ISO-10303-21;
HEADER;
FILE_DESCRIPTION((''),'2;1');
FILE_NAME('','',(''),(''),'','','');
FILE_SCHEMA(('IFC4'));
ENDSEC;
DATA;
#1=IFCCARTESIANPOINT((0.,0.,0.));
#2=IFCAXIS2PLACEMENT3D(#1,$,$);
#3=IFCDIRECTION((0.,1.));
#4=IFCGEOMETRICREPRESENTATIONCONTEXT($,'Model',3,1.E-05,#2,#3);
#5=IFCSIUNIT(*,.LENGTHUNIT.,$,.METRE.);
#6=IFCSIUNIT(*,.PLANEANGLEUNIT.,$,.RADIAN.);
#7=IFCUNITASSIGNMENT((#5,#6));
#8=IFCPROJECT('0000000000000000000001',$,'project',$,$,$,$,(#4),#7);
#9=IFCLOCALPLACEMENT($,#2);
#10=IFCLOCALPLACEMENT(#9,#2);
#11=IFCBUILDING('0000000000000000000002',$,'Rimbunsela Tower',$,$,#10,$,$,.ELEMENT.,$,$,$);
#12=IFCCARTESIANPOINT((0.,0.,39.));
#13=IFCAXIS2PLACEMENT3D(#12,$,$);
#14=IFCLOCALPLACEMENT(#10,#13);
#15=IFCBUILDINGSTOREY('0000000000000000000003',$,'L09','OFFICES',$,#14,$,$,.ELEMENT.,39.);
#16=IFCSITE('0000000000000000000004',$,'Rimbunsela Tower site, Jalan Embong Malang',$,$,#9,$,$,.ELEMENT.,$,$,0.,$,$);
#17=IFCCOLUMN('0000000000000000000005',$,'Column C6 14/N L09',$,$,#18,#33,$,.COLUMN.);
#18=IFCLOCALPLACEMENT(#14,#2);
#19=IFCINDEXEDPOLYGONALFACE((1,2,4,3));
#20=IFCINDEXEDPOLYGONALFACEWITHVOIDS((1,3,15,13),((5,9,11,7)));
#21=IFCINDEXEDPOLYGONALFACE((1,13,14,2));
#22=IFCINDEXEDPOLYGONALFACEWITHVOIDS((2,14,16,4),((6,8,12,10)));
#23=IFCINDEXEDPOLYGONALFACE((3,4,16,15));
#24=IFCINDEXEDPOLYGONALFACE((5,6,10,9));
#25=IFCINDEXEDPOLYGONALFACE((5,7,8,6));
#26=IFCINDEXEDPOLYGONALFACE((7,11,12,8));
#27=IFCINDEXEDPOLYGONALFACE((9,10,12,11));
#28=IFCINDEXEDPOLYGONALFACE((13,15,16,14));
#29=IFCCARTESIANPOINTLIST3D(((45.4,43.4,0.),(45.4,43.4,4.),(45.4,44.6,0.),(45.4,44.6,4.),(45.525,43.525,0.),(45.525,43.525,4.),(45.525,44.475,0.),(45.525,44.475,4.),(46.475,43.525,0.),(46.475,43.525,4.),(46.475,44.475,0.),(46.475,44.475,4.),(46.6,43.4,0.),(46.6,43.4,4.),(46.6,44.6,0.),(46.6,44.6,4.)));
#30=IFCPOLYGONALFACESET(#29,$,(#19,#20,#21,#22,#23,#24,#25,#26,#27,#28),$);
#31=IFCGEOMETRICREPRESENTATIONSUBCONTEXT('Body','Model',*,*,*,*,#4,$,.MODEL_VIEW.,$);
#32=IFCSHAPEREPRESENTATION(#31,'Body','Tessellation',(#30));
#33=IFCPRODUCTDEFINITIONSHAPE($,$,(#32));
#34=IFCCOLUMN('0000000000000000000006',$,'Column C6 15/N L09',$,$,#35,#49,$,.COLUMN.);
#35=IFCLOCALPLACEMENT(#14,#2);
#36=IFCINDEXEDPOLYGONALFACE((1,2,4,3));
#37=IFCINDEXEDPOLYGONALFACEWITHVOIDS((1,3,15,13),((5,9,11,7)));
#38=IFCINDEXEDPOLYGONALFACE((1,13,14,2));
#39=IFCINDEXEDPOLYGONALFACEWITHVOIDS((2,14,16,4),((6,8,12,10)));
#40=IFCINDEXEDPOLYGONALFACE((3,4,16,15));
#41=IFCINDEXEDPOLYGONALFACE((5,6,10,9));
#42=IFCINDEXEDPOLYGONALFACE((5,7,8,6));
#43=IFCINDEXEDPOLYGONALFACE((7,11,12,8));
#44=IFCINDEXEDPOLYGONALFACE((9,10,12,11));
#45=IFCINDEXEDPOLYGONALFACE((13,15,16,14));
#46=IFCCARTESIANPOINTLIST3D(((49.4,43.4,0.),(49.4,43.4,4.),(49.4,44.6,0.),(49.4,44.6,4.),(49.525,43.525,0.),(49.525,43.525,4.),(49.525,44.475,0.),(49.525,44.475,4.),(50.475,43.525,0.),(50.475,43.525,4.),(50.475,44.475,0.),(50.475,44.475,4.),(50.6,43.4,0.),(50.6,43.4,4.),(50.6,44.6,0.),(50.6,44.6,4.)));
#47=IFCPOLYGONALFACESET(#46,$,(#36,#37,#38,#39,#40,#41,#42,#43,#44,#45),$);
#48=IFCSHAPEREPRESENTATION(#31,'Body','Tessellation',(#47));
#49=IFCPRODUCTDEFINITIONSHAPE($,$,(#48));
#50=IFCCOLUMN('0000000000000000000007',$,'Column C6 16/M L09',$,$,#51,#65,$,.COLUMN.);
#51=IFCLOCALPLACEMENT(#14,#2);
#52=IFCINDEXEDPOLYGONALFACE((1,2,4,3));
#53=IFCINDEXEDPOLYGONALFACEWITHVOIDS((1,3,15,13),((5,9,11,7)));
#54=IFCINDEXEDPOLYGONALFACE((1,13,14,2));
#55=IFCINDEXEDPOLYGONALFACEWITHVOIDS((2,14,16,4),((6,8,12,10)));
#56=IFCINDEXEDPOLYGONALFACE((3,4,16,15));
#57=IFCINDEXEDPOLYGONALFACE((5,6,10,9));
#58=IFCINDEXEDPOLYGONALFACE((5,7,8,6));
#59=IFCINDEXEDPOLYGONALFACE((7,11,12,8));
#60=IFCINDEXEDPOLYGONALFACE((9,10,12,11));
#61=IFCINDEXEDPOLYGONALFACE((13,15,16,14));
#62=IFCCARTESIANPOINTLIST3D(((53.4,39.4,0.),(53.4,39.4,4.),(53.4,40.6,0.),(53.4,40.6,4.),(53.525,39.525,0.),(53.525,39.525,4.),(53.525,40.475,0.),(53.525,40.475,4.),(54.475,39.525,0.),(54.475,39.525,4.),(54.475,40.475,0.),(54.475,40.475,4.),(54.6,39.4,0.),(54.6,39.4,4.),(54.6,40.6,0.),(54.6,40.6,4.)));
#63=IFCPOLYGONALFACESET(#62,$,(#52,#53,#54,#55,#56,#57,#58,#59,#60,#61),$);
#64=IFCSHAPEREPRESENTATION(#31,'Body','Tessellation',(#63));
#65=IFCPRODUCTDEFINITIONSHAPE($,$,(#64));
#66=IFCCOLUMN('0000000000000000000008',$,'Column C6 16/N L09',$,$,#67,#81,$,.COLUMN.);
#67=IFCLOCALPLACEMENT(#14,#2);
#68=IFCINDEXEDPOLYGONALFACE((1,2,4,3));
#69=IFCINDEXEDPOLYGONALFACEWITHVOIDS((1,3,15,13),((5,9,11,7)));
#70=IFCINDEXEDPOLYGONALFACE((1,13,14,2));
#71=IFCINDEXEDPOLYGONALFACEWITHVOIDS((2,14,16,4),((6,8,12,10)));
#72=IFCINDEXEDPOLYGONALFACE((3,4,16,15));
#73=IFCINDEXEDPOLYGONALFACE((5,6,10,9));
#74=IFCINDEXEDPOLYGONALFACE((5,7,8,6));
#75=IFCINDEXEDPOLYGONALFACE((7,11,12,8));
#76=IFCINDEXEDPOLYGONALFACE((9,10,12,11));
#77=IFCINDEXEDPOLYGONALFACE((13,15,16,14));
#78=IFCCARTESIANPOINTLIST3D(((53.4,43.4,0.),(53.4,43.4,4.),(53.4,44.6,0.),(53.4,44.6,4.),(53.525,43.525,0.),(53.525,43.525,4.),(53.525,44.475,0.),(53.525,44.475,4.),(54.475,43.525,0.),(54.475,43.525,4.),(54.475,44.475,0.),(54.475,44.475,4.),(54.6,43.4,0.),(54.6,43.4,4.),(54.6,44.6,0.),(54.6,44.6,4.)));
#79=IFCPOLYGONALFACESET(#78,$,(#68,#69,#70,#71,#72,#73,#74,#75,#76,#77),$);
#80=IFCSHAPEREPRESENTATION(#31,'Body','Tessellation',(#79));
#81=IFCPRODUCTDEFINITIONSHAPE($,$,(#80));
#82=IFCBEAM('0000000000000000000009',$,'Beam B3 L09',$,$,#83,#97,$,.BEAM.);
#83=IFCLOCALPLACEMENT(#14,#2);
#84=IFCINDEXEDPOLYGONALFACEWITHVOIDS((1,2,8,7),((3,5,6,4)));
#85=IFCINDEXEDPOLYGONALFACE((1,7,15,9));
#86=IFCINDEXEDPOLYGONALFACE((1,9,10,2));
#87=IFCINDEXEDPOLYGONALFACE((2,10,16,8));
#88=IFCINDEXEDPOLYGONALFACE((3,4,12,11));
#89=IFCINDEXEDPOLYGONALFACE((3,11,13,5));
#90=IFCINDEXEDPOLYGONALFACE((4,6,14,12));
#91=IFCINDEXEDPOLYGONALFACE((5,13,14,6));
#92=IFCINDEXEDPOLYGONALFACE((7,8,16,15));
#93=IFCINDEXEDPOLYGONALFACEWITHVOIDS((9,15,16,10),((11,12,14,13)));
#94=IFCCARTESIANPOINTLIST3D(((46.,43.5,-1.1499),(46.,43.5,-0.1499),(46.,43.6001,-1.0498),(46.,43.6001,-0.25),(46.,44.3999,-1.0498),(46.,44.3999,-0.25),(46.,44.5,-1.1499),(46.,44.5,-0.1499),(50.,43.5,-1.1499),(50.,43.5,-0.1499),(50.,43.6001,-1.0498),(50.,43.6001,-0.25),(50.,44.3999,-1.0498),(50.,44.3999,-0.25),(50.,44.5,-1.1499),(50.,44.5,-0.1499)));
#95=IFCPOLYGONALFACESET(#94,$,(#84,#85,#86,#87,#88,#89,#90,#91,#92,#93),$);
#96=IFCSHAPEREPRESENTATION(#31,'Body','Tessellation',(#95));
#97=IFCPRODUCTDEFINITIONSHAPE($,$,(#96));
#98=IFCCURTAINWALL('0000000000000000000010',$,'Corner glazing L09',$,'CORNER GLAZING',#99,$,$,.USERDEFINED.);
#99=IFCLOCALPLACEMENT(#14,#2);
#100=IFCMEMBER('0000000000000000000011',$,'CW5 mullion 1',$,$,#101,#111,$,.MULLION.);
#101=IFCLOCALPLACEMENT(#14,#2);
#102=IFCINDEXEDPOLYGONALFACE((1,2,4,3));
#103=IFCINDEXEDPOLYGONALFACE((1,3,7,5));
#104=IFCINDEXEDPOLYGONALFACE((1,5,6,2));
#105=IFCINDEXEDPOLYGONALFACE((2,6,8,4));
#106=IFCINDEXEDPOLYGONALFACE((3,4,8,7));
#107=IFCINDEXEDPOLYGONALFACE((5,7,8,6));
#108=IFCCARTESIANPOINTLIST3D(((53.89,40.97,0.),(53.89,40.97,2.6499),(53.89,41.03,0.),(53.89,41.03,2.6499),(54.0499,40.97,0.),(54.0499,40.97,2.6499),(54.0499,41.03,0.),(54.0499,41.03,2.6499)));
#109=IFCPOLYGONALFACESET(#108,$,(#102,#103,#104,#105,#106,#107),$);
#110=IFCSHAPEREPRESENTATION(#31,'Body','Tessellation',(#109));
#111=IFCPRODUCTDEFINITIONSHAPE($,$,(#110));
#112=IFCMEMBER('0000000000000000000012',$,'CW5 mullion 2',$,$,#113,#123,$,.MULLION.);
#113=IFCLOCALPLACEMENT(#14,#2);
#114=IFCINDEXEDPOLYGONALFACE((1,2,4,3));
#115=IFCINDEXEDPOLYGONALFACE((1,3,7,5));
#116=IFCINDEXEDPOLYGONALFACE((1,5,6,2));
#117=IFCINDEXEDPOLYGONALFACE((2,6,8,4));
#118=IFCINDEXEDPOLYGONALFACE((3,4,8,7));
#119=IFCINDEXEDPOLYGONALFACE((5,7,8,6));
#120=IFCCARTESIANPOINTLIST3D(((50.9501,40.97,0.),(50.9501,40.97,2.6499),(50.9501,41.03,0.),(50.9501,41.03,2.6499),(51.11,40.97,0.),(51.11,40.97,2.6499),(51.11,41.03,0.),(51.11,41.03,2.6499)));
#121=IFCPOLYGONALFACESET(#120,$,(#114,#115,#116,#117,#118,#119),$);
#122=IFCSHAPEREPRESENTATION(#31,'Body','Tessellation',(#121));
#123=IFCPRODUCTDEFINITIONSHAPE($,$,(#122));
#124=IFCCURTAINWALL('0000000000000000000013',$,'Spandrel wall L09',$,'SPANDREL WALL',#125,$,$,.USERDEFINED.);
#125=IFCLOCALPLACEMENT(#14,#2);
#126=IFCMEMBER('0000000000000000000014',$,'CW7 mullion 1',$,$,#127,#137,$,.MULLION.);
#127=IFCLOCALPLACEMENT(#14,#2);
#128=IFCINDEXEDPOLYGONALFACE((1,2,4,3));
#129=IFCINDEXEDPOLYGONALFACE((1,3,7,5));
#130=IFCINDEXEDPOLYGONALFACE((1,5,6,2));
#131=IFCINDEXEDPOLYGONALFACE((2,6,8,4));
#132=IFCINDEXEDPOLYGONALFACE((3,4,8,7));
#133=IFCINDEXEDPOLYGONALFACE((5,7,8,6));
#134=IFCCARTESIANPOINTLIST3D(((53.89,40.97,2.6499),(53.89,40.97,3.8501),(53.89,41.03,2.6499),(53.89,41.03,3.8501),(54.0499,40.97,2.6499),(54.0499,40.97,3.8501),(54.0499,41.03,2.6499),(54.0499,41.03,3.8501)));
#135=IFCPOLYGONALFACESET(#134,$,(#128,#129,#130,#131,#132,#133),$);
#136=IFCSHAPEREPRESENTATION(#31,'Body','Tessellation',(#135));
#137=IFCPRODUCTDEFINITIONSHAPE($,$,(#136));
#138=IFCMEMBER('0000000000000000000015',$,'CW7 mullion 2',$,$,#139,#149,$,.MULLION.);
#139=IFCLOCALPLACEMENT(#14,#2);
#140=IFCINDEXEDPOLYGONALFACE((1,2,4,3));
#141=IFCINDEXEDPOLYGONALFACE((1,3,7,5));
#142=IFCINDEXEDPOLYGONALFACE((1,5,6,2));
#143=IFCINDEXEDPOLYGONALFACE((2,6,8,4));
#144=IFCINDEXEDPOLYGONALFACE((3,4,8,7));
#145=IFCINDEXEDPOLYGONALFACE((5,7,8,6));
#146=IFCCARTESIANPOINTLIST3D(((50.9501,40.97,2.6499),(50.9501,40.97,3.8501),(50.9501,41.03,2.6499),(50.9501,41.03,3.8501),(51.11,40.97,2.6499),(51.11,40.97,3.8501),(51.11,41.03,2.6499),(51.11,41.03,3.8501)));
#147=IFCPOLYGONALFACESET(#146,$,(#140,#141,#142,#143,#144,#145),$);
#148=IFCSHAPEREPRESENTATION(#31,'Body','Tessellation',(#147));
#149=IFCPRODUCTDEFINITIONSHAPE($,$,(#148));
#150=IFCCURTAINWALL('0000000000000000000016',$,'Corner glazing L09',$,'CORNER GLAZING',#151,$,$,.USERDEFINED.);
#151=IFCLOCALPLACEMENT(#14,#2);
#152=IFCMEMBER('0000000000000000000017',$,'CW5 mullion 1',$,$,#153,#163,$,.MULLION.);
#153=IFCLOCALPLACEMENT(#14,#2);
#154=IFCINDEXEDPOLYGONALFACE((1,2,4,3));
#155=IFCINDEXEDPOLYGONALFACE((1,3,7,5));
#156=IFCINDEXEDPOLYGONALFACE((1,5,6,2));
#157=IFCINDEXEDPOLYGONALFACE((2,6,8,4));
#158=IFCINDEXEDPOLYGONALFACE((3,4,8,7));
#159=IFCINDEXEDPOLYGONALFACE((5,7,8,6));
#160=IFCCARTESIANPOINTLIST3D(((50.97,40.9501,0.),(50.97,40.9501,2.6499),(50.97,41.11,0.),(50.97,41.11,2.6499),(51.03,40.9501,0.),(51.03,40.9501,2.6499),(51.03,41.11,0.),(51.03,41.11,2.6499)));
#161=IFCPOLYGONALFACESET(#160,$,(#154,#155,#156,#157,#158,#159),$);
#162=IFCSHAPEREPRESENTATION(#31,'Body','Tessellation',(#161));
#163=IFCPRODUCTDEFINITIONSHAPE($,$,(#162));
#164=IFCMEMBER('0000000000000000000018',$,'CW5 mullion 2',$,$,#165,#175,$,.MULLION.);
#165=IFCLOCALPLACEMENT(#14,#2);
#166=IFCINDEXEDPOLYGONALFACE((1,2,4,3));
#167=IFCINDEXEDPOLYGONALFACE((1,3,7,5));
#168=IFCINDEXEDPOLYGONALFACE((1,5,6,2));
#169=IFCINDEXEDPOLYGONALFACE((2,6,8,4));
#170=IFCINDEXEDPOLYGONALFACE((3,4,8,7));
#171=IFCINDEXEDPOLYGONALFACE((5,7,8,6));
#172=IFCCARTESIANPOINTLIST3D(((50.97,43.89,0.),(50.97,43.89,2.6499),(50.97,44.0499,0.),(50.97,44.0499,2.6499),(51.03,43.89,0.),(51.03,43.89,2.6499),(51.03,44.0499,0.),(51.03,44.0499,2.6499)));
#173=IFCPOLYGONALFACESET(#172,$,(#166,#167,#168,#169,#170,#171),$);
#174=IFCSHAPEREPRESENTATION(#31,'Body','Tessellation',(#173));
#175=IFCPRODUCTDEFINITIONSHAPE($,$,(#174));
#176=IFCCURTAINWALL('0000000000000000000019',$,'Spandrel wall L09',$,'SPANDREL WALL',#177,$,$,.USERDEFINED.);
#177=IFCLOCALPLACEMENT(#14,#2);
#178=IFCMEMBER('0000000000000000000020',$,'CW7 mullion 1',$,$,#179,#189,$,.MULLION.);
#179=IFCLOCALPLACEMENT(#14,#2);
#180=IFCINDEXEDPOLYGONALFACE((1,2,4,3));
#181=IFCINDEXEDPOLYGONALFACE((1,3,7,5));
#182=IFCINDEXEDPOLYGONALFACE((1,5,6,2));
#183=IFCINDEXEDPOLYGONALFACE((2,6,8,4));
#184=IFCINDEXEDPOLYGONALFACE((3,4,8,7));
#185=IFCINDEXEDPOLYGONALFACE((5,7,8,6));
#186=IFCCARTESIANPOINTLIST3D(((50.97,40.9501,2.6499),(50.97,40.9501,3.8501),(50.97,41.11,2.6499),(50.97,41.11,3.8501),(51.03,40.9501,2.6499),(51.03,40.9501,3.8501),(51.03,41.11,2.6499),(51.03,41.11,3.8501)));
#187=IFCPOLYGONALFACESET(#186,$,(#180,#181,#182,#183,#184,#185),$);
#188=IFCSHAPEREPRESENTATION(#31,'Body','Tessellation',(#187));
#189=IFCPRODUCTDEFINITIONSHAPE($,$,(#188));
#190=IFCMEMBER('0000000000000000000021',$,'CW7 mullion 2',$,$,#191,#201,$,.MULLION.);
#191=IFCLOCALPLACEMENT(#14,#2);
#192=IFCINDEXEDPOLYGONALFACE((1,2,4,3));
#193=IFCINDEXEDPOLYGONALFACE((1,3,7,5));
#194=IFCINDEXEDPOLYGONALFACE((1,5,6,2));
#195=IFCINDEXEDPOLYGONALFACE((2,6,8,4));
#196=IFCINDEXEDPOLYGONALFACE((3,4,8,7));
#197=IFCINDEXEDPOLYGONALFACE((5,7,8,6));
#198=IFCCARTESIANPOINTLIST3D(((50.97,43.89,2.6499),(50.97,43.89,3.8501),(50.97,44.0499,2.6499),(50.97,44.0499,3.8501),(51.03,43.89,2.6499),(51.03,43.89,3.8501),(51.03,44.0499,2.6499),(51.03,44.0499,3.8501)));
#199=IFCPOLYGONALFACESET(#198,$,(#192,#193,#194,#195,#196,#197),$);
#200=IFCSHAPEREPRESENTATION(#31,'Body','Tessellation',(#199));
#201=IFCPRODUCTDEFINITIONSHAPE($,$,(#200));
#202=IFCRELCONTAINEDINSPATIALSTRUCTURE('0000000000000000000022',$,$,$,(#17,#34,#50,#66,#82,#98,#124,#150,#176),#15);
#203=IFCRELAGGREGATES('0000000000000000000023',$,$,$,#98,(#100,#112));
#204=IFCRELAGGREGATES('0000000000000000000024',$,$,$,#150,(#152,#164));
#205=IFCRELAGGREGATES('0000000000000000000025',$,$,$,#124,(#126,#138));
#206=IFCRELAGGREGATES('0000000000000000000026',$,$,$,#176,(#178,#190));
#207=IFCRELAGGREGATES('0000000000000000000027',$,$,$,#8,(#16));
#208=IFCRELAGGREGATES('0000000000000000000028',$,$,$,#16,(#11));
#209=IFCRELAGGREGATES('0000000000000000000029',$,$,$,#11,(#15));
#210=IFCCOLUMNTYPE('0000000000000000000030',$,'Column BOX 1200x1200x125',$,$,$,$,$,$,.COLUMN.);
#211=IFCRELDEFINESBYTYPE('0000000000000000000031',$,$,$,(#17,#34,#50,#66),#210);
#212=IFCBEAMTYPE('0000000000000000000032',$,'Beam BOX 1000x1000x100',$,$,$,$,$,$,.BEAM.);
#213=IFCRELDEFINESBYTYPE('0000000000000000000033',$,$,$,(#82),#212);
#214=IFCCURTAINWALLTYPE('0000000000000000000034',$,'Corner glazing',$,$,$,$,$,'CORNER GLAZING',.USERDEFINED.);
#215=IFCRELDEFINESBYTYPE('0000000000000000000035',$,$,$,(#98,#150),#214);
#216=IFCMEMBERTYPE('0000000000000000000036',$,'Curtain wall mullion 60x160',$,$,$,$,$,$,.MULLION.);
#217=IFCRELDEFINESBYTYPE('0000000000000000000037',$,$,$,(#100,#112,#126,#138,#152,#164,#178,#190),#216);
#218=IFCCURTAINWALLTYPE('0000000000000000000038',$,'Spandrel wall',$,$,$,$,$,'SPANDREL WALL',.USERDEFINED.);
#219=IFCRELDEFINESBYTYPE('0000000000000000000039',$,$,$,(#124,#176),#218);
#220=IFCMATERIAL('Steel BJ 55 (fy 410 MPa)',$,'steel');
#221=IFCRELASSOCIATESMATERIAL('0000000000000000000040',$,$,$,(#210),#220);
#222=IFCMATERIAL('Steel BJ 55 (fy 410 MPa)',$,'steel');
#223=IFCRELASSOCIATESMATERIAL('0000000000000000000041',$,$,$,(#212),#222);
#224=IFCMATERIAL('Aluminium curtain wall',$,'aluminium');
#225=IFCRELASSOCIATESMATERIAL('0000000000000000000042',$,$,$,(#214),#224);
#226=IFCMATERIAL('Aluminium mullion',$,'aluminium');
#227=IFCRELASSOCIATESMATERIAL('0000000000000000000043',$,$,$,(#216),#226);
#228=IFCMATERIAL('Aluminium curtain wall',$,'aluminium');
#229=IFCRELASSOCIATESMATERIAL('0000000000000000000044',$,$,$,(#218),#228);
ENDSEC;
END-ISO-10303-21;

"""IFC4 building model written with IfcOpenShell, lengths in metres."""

from ifc_helpers import new_model, si_unit, direction, frame, origin, origin_2d, place, context, subcontext, project, spatial, rectangle, hollow_rectangle, extrude, material, material_profile, profile_set, type_object, element, aggregate, save


model = new_model("IFC4")

# Units and contexts
model_context = context("Model", 3, precision=1e-05, world=origin(), true_north=direction((0.0, 1.0)))
body_context = subcontext(model_context, "Body", "Model", "MODEL_VIEW")
ifc_project = project(units=[si_unit("LENGTHUNIT", "METRE"), si_unit("PLANEANGLEUNIT", "RADIAN")], contexts=[model_context])

# Site, building, storey
site_placement = place(None, origin())
site = spatial("IfcSite", under=ifc_project, at=site_placement, Name="Rimbunsela Tower site, Jalan Embong Malang", CompositionType="ELEMENT", RefElevation=0.0)
building_placement = place(site_placement, origin())
building = spatial("IfcBuilding", under=site, at=building_placement, Name="Rimbunsela Tower", CompositionType="ELEMENT")
storey_placement = place(building_placement, frame((0.0, 0.0, 39.0)))
storey = spatial("IfcBuildingStorey", under=building, at=storey_placement, Name="L09", Description="OFFICES", CompositionType="ELEMENT", Elevation=39.0)

# Columns
ifc_material_1 = material(Name="Steel BJ 55 (fy 410 MPa)", Category="steel")
ifc_material_profile_1 = material_profile(ifc_material_1, hollow_rectangle(XDim=1.2, YDim=1.2, WallThickness=0.125, at=origin_2d()), Name="BOX 1200x1200x125")
ifc_profile_set_1 = profile_set([ifc_material_profile_1], Name="Steel BJ 55 (fy 410 MPa)")
column_type = type_object("IfcColumnType", Name="Column BOX 1200x1200x125", PredefinedType="COLUMN", material=ifc_profile_set_1)
for number, where, z_axis, x_axis, name in (
    (1, (46.0, 44.0, 0.0), (0.0, 0.0, 1.0), (1.0, 0.0, 0.0), "Column C6 14/N L09"),
    (2, (50.0, 44.0, 0.0), (0.0, 0.0, 1.0), (1.0, 0.0, 0.0), "Column C6 15/N L09"),
    (3, (54.0, 40.0, 0.0), (0.0, 0.0, 1.0), (1.0, 0.0, 0.0), "Column C6 16/M L09"),
    (4, (54.0, 44.0, 0.0), (0.0, 0.0, 1.0), (1.0, 0.0, 0.0), "Column C6 16/N L09"),
):
    element("IfcColumn", number, at=place(storey_placement, frame(where, z_axis=z_axis, x_axis=x_axis)), inside=storey, type_object=column_type, Name=name, PredefinedType="COLUMN", context=body_context, shape_type="SweptSolid", body=[
        extrude(hollow_rectangle(XDim=1.2, YDim=1.2, WallThickness=0.125, at=origin_2d()), origin(), (0.0, 0.0, 1.0), 4.0),
    ])

# Beam
ifc_material_2 = material(Name="Steel BJ 55 (fy 410 MPa)", Category="steel")
ifc_material_profile_2 = material_profile(ifc_material_2, hollow_rectangle(XDim=1.0, YDim=1.0, WallThickness=0.1001, at=origin_2d()), Name="BOX 1000x1000x100")
ifc_profile_set_2 = profile_set([ifc_material_profile_2], Name="Steel BJ 55 (fy 410 MPa)")
beam_type = type_object("IfcBeamType", Name="Beam BOX 1000x1000x100", PredefinedType="BEAM", material=ifc_profile_set_2)
beam_placement = place(storey_placement, frame((46.0, 44.0, -0.6499), z_axis=(1.0, 0.0, 0.0), x_axis=(0.0, 1.0, 0.0)))
element("IfcBeam", 5, at=beam_placement, inside=storey, type_object=beam_type, Name="Beam B3 L09", PredefinedType="BEAM", context=body_context, shape_type="SweptSolid", body=[
    extrude(hollow_rectangle(XDim=1.0, YDim=1.0, WallThickness=0.1001, at=origin_2d()), origin(), (0.0, 0.0, 1.0), 4.0),
])

# Curtain walls, members
ifc_material_3 = material(Name="Aluminium curtain wall", Category="aluminium")
curtain_wall_type_1 = type_object("IfcCurtainWallType", Name="Corner glazing", ElementType="CORNER GLAZING", PredefinedType="USERDEFINED", material=ifc_material_3)
curtain_wall_1_placement = place(storey_placement, origin())
curtain_wall_1 = element("IfcCurtainWall", 6, at=curtain_wall_1_placement, inside=storey, type_object=curtain_wall_type_1, Name="Corner glazing L09", ObjectType="CORNER GLAZING", PredefinedType="USERDEFINED")
ifc_material_4 = material(Name="Aluminium mullion", Category="aluminium")
ifc_material_profile_3 = material_profile(ifc_material_4, rectangle(XDim=0.0601, YDim=0.1599, at=origin_2d()), Name="Mullion 60x160")
ifc_profile_set_3 = profile_set([ifc_material_profile_3], Name="Aluminium mullion")
member_type_1 = type_object("IfcMemberType", Name="Curtain wall mullion 60x160", PredefinedType="MULLION", material=ifc_profile_set_3)
member_1_placement = place(storey_placement, frame((53.97, 41.0, 0.0), z_axis=(0.0, 0.0, 1.0), x_axis=(0.0, -1.0, 0.0)))
member_1 = element("IfcMember", 7, at=member_1_placement, type_object=member_type_1, Name="CW5 mullion 1", PredefinedType="MULLION", context=body_context, shape_type="SweptSolid", body=[
    extrude(rectangle(XDim=0.0601, YDim=0.1599, at=origin_2d()), origin(), (0.0, 0.0, 1.0), 2.6499),
])
member_2_placement = place(storey_placement, frame((51.03, 41.0, 0.0), z_axis=(0.0, 0.0, 1.0), x_axis=(0.0, -1.0, 0.0)))
member_2 = element("IfcMember", 8, at=member_2_placement, type_object=member_type_1, Name="CW5 mullion 2", PredefinedType="MULLION", context=body_context, shape_type="SweptSolid", body=[
    extrude(rectangle(XDim=0.0601, YDim=0.1599, at=origin_2d()), origin(), (0.0, 0.0, 1.0), 2.6499),
])
ifc_material_5 = material(Name="Aluminium curtain wall", Category="aluminium")
curtain_wall_type_2 = type_object("IfcCurtainWallType", Name="Spandrel wall", ElementType="SPANDREL WALL", PredefinedType="USERDEFINED", material=ifc_material_5)
curtain_wall_2_placement = place(storey_placement, origin())
curtain_wall_2 = element("IfcCurtainWall", 9, at=curtain_wall_2_placement, inside=storey, type_object=curtain_wall_type_2, Name="Spandrel wall L09", ObjectType="SPANDREL WALL", PredefinedType="USERDEFINED")
member_3_placement = place(storey_placement, frame((53.97, 41.0, 2.6499), z_axis=(0.0, 0.0, 1.0), x_axis=(0.0, -1.0, 0.0)))
member_3 = element("IfcMember", 10, at=member_3_placement, type_object=member_type_1, Name="CW7 mullion 1", PredefinedType="MULLION", context=body_context, shape_type="SweptSolid", body=[
    extrude(rectangle(XDim=0.0601, YDim=0.1599, at=origin_2d()), origin(), (0.0, 0.0, 1.0), 1.2002),
])
member_4_placement = place(storey_placement, frame((51.03, 41.0, 2.6499), z_axis=(0.0, 0.0, 1.0), x_axis=(0.0, -1.0, 0.0)))
member_4 = element("IfcMember", 11, at=member_4_placement, type_object=member_type_1, Name="CW7 mullion 2", PredefinedType="MULLION", context=body_context, shape_type="SweptSolid", body=[
    extrude(rectangle(XDim=0.0601, YDim=0.1599, at=origin_2d()), origin(), (0.0, 0.0, 1.0), 1.2002),
])
curtain_wall_3_placement = place(storey_placement, origin())
curtain_wall_3 = element("IfcCurtainWall", 12, at=curtain_wall_3_placement, inside=storey, type_object=curtain_wall_type_1, Name="Corner glazing L09", ObjectType="CORNER GLAZING", PredefinedType="USERDEFINED")
member_5_placement = place(storey_placement, frame((51.0, 41.03, 0.0), z_axis=(0.0, 0.0, 1.0), x_axis=(-1.0, 0.0, 0.0)))
member_5 = element("IfcMember", 13, at=member_5_placement, type_object=member_type_1, Name="CW5 mullion 1", PredefinedType="MULLION", context=body_context, shape_type="SweptSolid", body=[
    extrude(rectangle(XDim=0.0601, YDim=0.1599, at=origin_2d()), origin(), (0.0, 0.0, 1.0), 2.6499),
])
member_6_placement = place(storey_placement, frame((51.0, 43.97, 0.0), z_axis=(0.0, 0.0, 1.0), x_axis=(-1.0, 0.0, 0.0)))
member_6 = element("IfcMember", 14, at=member_6_placement, type_object=member_type_1, Name="CW5 mullion 2", PredefinedType="MULLION", context=body_context, shape_type="SweptSolid", body=[
    extrude(rectangle(XDim=0.0601, YDim=0.1599, at=origin_2d()), origin(), (0.0, 0.0, 1.0), 2.6499),
])
curtain_wall_4_placement = place(storey_placement, origin())
curtain_wall_4 = element("IfcCurtainWall", 15, at=curtain_wall_4_placement, inside=storey, type_object=curtain_wall_type_2, Name="Spandrel wall L09", ObjectType="SPANDREL WALL", PredefinedType="USERDEFINED")
member_7_placement = place(storey_placement, frame((51.0, 41.03, 2.6499), z_axis=(0.0, 0.0, 1.0), x_axis=(-1.0, 0.0, 0.0)))
member_7 = element("IfcMember", 16, at=member_7_placement, type_object=member_type_1, Name="CW7 mullion 1", PredefinedType="MULLION", context=body_context, shape_type="SweptSolid", body=[
    extrude(rectangle(XDim=0.0601, YDim=0.1599, at=origin_2d()), origin(), (0.0, 0.0, 1.0), 1.2002),
])
member_8_placement = place(storey_placement, frame((51.0, 43.97, 2.6499), z_axis=(0.0, 0.0, 1.0), x_axis=(-1.0, 0.0, 0.0)))
member_8 = element("IfcMember", 17, at=member_8_placement, type_object=member_type_1, Name="CW7 mullion 2", PredefinedType="MULLION", context=body_context, shape_type="SweptSolid", body=[
    extrude(rectangle(XDim=0.0601, YDim=0.1599, at=origin_2d()), origin(), (0.0, 0.0, 1.0), 1.2002),
])

aggregate(curtain_wall_1, [member_1, member_2])
aggregate(curtain_wall_3, [member_5, member_6])
aggregate(curtain_wall_2, [member_3, member_4])
aggregate(curtain_wall_4, [member_7, member_8])

save(model, "model.ifc")
